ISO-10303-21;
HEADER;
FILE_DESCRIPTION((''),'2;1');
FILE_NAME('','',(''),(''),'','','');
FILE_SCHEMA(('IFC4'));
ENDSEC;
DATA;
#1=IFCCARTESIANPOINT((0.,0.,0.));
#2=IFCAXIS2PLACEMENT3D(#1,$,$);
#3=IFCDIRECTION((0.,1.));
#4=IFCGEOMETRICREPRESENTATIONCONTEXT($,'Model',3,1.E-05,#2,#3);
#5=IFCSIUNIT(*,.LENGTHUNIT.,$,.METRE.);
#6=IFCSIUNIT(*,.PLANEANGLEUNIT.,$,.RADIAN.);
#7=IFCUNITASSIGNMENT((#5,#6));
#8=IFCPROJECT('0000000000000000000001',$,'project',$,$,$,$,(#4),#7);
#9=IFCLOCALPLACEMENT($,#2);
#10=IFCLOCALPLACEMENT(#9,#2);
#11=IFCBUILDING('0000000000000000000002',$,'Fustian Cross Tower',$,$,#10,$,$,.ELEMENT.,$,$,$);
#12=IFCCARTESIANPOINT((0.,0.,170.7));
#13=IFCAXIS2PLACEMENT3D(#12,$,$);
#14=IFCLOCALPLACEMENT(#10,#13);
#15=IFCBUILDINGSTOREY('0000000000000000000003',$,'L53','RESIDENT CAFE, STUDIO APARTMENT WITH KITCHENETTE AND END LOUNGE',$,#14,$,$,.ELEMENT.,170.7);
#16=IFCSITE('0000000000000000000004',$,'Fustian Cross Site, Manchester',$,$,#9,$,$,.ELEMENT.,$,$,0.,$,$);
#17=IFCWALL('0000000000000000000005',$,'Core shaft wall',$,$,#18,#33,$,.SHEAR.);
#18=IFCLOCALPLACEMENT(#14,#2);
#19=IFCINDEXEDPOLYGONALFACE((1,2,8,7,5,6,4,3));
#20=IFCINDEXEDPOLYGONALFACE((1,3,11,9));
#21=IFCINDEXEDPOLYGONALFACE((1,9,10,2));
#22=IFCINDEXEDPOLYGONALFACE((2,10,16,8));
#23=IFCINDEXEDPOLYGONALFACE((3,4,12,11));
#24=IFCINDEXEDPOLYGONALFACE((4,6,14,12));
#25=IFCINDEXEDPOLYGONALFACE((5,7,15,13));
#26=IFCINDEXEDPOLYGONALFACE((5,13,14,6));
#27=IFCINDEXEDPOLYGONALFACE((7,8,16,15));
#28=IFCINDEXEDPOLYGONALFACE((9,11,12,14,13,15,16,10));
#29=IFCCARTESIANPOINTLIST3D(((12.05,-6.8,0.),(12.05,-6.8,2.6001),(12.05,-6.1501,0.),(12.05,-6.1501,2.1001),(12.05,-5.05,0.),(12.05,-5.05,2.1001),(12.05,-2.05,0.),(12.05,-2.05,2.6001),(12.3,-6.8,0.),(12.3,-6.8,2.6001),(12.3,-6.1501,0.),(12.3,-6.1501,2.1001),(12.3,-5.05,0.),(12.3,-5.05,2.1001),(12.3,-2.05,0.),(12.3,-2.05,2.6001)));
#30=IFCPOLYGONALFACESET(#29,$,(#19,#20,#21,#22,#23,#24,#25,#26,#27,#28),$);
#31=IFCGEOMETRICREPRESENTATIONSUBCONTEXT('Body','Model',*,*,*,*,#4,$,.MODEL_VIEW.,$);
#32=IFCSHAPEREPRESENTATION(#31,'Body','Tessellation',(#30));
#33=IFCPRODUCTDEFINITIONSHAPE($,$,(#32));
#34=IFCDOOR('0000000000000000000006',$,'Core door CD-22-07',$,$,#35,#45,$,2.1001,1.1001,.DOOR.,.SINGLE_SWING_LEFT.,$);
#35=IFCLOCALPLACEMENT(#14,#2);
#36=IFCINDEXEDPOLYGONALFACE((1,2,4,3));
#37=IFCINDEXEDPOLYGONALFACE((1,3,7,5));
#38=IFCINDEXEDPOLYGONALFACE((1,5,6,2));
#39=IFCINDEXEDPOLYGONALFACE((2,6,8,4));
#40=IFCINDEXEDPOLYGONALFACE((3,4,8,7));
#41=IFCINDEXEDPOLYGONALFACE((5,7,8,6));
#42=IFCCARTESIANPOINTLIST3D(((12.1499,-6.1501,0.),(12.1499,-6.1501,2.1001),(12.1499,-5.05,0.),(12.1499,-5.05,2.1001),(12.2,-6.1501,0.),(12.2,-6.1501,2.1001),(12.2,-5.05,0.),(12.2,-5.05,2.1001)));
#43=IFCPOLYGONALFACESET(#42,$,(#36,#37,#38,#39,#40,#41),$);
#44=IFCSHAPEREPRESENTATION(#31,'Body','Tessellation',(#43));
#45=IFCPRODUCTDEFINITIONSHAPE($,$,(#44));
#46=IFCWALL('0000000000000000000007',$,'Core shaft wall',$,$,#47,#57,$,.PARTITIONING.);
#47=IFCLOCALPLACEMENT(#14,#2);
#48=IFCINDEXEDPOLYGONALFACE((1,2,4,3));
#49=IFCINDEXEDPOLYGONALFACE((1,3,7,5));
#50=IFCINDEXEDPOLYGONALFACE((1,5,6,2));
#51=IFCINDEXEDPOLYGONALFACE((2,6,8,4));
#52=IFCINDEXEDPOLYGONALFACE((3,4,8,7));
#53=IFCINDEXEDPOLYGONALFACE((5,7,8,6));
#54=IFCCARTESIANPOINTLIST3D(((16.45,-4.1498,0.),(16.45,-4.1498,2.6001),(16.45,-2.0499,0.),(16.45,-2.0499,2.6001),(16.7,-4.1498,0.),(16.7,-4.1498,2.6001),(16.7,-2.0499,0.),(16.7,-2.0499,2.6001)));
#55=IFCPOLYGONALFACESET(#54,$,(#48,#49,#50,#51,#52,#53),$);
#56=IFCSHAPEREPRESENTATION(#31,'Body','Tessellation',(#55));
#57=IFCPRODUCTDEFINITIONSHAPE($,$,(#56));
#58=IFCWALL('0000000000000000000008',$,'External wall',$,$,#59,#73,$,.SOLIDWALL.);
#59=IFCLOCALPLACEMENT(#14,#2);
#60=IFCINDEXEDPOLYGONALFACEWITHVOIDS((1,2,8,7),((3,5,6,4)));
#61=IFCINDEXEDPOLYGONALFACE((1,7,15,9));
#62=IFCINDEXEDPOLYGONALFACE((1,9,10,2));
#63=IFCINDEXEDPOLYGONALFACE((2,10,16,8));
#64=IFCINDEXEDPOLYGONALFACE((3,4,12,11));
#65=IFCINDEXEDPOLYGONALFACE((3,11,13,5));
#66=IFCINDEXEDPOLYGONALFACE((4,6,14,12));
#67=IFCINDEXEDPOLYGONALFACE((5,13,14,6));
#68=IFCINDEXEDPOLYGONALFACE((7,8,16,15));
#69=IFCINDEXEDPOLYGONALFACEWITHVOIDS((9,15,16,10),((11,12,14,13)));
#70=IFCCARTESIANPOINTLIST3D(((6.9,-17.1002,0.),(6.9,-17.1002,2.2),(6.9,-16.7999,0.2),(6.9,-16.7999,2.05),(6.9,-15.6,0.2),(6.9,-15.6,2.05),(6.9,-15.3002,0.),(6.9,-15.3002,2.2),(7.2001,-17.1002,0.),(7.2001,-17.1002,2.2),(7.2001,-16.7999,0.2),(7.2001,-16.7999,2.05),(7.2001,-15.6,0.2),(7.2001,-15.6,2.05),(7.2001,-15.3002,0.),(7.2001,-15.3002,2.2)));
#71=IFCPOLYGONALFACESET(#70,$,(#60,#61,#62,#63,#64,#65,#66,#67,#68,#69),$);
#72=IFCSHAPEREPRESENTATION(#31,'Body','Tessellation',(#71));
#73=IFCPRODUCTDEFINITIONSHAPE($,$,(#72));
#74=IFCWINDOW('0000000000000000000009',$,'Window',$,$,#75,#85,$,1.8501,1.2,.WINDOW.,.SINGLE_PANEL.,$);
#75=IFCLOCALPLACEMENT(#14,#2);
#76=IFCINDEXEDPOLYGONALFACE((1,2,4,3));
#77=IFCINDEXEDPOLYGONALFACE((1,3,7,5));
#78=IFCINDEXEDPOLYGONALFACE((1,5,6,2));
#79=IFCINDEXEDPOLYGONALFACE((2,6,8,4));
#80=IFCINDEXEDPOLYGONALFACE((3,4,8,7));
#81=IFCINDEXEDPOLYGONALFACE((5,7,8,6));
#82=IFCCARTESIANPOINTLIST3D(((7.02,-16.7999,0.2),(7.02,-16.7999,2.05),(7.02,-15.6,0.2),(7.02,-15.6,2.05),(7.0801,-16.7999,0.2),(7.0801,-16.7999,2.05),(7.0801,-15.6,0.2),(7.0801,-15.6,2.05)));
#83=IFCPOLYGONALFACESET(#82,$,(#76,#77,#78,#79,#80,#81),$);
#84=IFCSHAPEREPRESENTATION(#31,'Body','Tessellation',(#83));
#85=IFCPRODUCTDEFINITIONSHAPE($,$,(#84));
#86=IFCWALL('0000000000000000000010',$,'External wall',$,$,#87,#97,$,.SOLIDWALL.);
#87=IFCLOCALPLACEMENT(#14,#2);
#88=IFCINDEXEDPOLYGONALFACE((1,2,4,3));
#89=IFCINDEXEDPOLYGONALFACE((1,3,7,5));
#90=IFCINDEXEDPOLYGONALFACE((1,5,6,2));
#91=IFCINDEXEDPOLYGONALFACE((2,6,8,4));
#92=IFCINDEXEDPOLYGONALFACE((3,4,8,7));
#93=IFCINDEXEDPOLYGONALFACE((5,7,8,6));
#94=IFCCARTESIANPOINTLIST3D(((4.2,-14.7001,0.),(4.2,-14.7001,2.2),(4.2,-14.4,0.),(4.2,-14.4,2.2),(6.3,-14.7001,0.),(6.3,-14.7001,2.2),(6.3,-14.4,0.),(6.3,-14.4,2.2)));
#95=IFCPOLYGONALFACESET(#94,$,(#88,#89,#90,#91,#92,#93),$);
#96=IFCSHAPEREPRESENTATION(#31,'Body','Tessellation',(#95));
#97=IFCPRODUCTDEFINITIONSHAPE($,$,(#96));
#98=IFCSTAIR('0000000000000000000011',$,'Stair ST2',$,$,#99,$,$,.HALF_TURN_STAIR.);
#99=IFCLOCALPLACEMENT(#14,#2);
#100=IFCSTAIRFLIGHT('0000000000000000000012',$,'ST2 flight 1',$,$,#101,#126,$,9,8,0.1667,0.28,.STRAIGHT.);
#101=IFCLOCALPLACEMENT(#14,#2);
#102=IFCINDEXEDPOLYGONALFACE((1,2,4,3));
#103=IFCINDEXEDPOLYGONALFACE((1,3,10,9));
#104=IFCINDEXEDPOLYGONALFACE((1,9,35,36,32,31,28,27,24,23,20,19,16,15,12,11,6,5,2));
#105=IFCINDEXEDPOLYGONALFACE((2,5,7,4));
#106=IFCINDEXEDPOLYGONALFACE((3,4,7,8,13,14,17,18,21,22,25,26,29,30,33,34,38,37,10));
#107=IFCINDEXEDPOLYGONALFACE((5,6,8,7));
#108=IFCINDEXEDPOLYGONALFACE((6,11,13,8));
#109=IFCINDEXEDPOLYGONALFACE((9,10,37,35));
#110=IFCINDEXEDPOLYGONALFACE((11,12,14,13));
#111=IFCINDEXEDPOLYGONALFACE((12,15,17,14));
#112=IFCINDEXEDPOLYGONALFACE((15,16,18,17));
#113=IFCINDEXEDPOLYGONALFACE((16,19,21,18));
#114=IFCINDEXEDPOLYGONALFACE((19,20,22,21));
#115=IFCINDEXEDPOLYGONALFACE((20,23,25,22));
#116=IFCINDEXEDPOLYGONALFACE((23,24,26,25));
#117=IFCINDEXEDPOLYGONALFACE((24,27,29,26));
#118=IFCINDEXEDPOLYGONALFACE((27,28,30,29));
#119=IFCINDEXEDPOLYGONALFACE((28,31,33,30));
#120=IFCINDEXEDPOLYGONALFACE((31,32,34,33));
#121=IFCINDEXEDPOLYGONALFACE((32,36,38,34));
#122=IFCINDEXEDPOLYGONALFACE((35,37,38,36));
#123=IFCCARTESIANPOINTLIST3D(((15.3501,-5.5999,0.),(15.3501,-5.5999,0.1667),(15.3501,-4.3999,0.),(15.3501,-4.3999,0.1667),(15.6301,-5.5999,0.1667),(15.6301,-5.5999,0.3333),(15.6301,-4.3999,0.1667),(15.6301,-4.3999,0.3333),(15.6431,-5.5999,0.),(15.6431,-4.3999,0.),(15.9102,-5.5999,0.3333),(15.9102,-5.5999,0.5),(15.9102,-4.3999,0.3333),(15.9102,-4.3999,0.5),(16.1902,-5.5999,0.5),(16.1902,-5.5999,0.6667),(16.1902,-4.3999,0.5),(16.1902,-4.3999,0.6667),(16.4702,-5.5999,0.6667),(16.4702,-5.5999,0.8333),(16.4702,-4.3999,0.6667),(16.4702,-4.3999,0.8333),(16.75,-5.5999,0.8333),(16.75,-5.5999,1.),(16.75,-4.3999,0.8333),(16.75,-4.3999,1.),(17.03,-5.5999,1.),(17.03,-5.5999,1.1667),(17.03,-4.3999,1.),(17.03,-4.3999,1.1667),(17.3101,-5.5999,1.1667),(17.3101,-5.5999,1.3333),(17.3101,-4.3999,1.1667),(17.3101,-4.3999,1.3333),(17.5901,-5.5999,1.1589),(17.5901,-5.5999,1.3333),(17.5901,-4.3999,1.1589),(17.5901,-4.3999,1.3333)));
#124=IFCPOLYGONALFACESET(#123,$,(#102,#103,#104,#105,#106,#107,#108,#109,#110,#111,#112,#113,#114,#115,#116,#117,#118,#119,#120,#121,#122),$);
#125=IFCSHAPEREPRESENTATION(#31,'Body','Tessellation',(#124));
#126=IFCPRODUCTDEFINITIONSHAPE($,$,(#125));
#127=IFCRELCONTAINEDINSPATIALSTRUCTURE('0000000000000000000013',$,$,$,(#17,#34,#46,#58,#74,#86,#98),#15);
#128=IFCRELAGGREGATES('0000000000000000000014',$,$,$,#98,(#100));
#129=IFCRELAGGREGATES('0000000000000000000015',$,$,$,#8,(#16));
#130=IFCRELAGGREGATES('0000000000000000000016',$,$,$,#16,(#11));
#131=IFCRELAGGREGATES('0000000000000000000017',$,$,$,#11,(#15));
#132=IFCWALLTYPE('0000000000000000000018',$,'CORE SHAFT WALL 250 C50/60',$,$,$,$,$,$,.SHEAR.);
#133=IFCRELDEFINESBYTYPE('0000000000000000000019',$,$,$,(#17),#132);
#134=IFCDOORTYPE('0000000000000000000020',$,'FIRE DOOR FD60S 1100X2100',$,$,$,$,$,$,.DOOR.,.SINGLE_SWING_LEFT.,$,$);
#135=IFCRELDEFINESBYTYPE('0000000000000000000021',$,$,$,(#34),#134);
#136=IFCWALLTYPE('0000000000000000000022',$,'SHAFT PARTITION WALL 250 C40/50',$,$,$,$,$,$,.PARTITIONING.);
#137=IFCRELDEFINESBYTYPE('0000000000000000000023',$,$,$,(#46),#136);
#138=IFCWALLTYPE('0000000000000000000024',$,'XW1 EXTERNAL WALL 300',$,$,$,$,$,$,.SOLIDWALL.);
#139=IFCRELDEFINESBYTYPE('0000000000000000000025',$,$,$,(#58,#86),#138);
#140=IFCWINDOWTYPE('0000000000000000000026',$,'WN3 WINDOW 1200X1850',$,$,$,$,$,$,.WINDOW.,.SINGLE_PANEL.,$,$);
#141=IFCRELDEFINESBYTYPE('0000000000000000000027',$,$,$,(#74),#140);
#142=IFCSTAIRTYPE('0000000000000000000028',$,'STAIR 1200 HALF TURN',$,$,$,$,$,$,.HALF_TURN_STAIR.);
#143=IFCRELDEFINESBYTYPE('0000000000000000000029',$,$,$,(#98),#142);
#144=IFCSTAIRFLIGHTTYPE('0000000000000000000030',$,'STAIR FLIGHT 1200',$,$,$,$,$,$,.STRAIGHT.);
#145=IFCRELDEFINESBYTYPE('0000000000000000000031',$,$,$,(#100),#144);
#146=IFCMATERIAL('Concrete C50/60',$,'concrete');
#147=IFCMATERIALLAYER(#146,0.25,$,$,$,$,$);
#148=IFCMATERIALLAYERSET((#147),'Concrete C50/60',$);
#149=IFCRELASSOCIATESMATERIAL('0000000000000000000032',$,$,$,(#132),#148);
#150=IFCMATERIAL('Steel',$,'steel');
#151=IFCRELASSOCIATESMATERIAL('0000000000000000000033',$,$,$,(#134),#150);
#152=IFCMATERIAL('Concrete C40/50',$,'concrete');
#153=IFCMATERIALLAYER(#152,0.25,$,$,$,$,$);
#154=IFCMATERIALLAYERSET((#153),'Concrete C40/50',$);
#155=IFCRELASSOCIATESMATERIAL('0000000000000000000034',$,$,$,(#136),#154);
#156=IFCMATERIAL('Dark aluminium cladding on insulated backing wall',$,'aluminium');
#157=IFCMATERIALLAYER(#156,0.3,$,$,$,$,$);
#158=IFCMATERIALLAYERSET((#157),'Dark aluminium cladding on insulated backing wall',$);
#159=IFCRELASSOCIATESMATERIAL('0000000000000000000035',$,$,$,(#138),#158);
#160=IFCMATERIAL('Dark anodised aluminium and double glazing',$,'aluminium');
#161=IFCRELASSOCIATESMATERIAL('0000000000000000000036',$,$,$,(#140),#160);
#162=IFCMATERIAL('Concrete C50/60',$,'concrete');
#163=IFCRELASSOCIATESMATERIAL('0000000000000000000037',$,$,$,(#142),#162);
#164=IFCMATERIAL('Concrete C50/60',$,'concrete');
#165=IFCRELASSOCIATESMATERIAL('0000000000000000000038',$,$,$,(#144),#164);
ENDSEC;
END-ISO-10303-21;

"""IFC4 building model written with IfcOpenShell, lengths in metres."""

from ifc_helpers import new_model, si_unit, direction, frame, frame_2d, origin, place, context, subcontext, project, spatial, polyline, rectangle, outline, extrude, material, layer, layer_set, type_object, element, fill, aggregate, save


model = new_model("IFC4")

# Units and contexts
model_context = context("Model", 3, precision=1e-05, world=origin(), true_north=direction((0.0, 1.0)))
body_context = subcontext(model_context, "Body", "Model", "MODEL_VIEW")
ifc_project = project(units=[si_unit("LENGTHUNIT", "METRE"), si_unit("PLANEANGLEUNIT", "RADIAN")], contexts=[model_context])

# Site, building, storey
site_placement = place(None, origin())
site = spatial("IfcSite", under=ifc_project, at=site_placement, Name="Fustian Cross Site, Manchester", CompositionType="ELEMENT", RefElevation=0.0)
building_placement = place(site_placement, origin())
building = spatial("IfcBuilding", under=site, at=building_placement, Name="Fustian Cross Tower", CompositionType="ELEMENT")
storey_placement = place(building_placement, frame((0.0, 0.0, 170.7)))
storey = spatial("IfcBuildingStorey", under=building, at=storey_placement, Name="L53", Description="RESIDENT CAFE, STUDIO APARTMENT WITH KITCHENETTE AND END LOUNGE", CompositionType="ELEMENT", Elevation=170.7)

# Shared definitions
ifc_material_1 = material(Name="Concrete C50/60", Category="concrete")
ifc_layer_1 = layer(ifc_material_1, 0.25)
ifc_layer_set_1 = layer_set([ifc_layer_1], Name="Concrete C50/60")
wall_type_1 = type_object("IfcWallType", Name="CORE SHAFT WALL 250 C50/60", PredefinedType="SHEAR", material=ifc_layer_set_1)

# Wall, opening, door
wall_1_placement = place(storey_placement, frame((12.175, -2.05, 0.0), z_axis=(0.0, 0.0, 1.0), x_axis=(0.0, -1.0, 0.0)))
wall_1 = element("IfcWall", 1, at=wall_1_placement, inside=storey, type_object=wall_type_1, Name="Core shaft wall", PredefinedType="SHEAR", context=body_context, shape_type="SweptSolid", body=[
    extrude(rectangle(XDim=4.75, YDim=0.25, at=frame_2d((2.375, 0.0))), origin(), (0.0, 0.0, 1.0), 2.6001),
])
opening_1_placement = place(wall_1_placement, frame((3.0, 0.0, 0.0)))
opening_1 = element("IfcOpeningElement", 2, at=opening_1_placement, cuts=wall_1, PredefinedType="OPENING", context=body_context, shape_type="SweptSolid", body=[
    extrude(rectangle(XDim=1.1001, YDim=2.1001, at=frame_2d((0.55, 1.05))), frame((0.0, 0.135, 0.0), z_axis=(0.0, -1.0, 0.0), x_axis=(1.0, 0.0, 0.0)), (0.0, 0.0, 1.0), 0.27),
])
ifc_material_2 = material(Name="Steel", Category="steel")
door_type_1 = type_object("IfcDoorType", Name="FIRE DOOR FD60S 1100X2100", OperationType="SINGLE_SWING_LEFT", PredefinedType="DOOR", material=ifc_material_2)
door_1_placement = place(opening_1_placement, origin())
door_1 = element("IfcDoor", 3, at=door_1_placement, inside=storey, type_object=door_type_1, Name="Core door CD-22-07", OperationType="SINGLE_SWING_LEFT", OverallHeight=2.1001, OverallWidth=1.1001, PredefinedType="DOOR", context=body_context, shape_type="SweptSolid", body=[
    extrude(rectangle(XDim=1.1001, YDim=2.1001, at=frame_2d((0.55, 1.05))), frame((0.0, 0.0249, 0.0), z_axis=(0.0, -1.0, 0.0), x_axis=(1.0, 0.0, 0.0)), (0.0, 0.0, 1.0), 0.05),
])
fill(opening_1, door_1)

# Wall
ifc_material_3 = material(Name="Concrete C40/50", Category="concrete")
ifc_layer_2 = layer(ifc_material_3, 0.25)
ifc_layer_set_2 = layer_set([ifc_layer_2], Name="Concrete C40/50")
wall_type_2 = type_object("IfcWallType", Name="SHAFT PARTITION WALL 250 C40/50", PredefinedType="PARTITIONING", material=ifc_layer_set_2)
wall_2_placement = place(storey_placement, frame((16.575, -2.05, 0.0), z_axis=(0.0, 0.0, 1.0), x_axis=(0.0, -1.0, 0.0)))
element("IfcWall", 4, at=wall_2_placement, inside=storey, type_object=wall_type_2, Name="Core shaft wall", PredefinedType="PARTITIONING", context=body_context, shape_type="SweptSolid", body=[
    extrude(rectangle(XDim=2.0999, YDim=0.25, at=frame_2d((1.0498, 0.0))), origin(), (0.0, 0.0, 1.0), 2.6001),
])

# Wall, opening, window
ifc_material_4 = material(Name="Dark aluminium cladding on insulated backing wall", Category="aluminium")
ifc_layer_3 = layer(ifc_material_4, 0.3)
ifc_layer_set_3 = layer_set([ifc_layer_3], Name="Dark aluminium cladding on insulated backing wall")
wall_type_3 = type_object("IfcWallType", Name="XW1 EXTERNAL WALL 300", PredefinedType="SOLIDWALL", material=ifc_layer_set_3)
wall_3_placement = place(storey_placement, frame((7.05, -17.1001, 0.0), z_axis=(0.0, 0.0, 1.0), x_axis=(0.0, 1.0, 0.0)))
wall_3 = element("IfcWall", 5, at=wall_3_placement, inside=storey, type_object=wall_type_3, Name="External wall", PredefinedType="SOLIDWALL", context=body_context, shape_type="SweptSolid", body=[
    extrude(rectangle(XDim=1.8, YDim=0.3, at=frame_2d((0.8999, 0.0))), origin(), (0.0, 0.0, 1.0), 2.2),
])
opening_2_placement = place(wall_3_placement, frame((0.3, 0.0, 0.2)))
opening_2 = element("IfcOpeningElement", 6, at=opening_2_placement, cuts=wall_3, PredefinedType="OPENING", context=body_context, shape_type="SweptSolid", body=[
    extrude(rectangle(XDim=1.2, YDim=1.8501, at=frame_2d((0.6001, 0.925))), frame((0.0, 0.1599, 0.0), z_axis=(0.0, -1.0, 0.0), x_axis=(1.0, 0.0, 0.0)), (0.0, 0.0, 1.0), 0.3201),
])
ifc_material_5 = material(Name="Dark anodised aluminium and double glazing", Category="aluminium")
window_type = type_object("IfcWindowType", Name="WN3 WINDOW 1200X1850", PartitioningType="SINGLE_PANEL", PredefinedType="WINDOW", material=ifc_material_5)
window_placement = place(opening_2_placement, origin())
window = element("IfcWindow", 7, at=window_placement, inside=storey, type_object=window_type, Name="Window", OverallHeight=1.8501, OverallWidth=1.2, PartitioningType="SINGLE_PANEL", PredefinedType="WINDOW", context=body_context, shape_type="SweptSolid", body=[
    extrude(rectangle(XDim=1.2, YDim=1.8501, at=frame_2d((0.6001, 0.925))), frame((0.0, 0.03, 0.0), z_axis=(0.0, -1.0, 0.0), x_axis=(1.0, 0.0, 0.0)), (0.0, 0.0, 1.0), 0.0601),
])
fill(opening_2, window)

# Wall
wall_4_placement = place(storey_placement, frame((6.3, -14.55, 0.0), z_axis=(0.0, 0.0, 1.0), x_axis=(-1.0, 0.0, 0.0)))
element("IfcWall", 8, at=wall_4_placement, inside=storey, type_object=wall_type_3, Name="External wall", PredefinedType="SOLIDWALL", context=body_context, shape_type="SweptSolid", body=[
    extrude(rectangle(XDim=2.1001, YDim=0.3, at=frame_2d((1.05, 0.0))), origin(), (0.0, 0.0, 1.0), 2.2),
])

# Stair, stair flight
ifc_material_6 = material(Name="Concrete C50/60", Category="concrete")
stair_type = type_object("IfcStairType", Name="STAIR 1200 HALF TURN", PredefinedType="HALF_TURN_STAIR", material=ifc_material_6)
stair_placement = place(storey_placement, origin())
stair = element("IfcStair", 9, at=stair_placement, inside=storey, type_object=stair_type, Name="Stair ST2", PredefinedType="HALF_TURN_STAIR")
ifc_material_7 = material(Name="Concrete C50/60", Category="concrete")
stair_flight_type = type_object("IfcStairFlightType", Name="STAIR FLIGHT 1200", PredefinedType="STRAIGHT", material=ifc_material_7)
stair_flight_placement = place(storey_placement, frame((15.3501, -5.0, 0.0), z_axis=(0.0, 0.0, 1.0), x_axis=(1.0, 0.0, 0.0)))
stair_flight = element("IfcStairFlight", 10, at=stair_flight_placement, type_object=stair_flight_type, Name="ST2 flight 1", NumberOfRisers=9, NumberOfTreads=8, PredefinedType="STRAIGHT", RiserHeight=0.1667, TreadLength=0.28, context=body_context, shape_type="SweptSolid", body=[
    extrude(outline(polyline([(0.0, 0.0), (0.0, 0.1667), (0.28, 0.1667), (0.28, 0.3333), (0.5601, 0.3333), (0.5601, 0.5), (0.8401, 0.5), (0.8401, 0.6667), (1.1201, 0.6667), (1.1201, 0.8333), (1.3999, 0.8333), (1.3999, 1.0), (1.6799, 1.0), (1.6799, 1.1667), (1.96, 1.1667), (1.96, 1.3333), (2.24, 1.3333), (2.24, 1.5), (2.24, 1.1589), (0.293, 0.0), (0.0, 0.0)])), frame((0.0, 0.6001, 0.0), z_axis=(0.0, -1.0, 0.0), x_axis=(1.0, 0.0, 0.0)), (0.0, 0.0, 1.0), 1.2),
])
aggregate(stair, [stair_flight])

save(model, "model.ifc")
